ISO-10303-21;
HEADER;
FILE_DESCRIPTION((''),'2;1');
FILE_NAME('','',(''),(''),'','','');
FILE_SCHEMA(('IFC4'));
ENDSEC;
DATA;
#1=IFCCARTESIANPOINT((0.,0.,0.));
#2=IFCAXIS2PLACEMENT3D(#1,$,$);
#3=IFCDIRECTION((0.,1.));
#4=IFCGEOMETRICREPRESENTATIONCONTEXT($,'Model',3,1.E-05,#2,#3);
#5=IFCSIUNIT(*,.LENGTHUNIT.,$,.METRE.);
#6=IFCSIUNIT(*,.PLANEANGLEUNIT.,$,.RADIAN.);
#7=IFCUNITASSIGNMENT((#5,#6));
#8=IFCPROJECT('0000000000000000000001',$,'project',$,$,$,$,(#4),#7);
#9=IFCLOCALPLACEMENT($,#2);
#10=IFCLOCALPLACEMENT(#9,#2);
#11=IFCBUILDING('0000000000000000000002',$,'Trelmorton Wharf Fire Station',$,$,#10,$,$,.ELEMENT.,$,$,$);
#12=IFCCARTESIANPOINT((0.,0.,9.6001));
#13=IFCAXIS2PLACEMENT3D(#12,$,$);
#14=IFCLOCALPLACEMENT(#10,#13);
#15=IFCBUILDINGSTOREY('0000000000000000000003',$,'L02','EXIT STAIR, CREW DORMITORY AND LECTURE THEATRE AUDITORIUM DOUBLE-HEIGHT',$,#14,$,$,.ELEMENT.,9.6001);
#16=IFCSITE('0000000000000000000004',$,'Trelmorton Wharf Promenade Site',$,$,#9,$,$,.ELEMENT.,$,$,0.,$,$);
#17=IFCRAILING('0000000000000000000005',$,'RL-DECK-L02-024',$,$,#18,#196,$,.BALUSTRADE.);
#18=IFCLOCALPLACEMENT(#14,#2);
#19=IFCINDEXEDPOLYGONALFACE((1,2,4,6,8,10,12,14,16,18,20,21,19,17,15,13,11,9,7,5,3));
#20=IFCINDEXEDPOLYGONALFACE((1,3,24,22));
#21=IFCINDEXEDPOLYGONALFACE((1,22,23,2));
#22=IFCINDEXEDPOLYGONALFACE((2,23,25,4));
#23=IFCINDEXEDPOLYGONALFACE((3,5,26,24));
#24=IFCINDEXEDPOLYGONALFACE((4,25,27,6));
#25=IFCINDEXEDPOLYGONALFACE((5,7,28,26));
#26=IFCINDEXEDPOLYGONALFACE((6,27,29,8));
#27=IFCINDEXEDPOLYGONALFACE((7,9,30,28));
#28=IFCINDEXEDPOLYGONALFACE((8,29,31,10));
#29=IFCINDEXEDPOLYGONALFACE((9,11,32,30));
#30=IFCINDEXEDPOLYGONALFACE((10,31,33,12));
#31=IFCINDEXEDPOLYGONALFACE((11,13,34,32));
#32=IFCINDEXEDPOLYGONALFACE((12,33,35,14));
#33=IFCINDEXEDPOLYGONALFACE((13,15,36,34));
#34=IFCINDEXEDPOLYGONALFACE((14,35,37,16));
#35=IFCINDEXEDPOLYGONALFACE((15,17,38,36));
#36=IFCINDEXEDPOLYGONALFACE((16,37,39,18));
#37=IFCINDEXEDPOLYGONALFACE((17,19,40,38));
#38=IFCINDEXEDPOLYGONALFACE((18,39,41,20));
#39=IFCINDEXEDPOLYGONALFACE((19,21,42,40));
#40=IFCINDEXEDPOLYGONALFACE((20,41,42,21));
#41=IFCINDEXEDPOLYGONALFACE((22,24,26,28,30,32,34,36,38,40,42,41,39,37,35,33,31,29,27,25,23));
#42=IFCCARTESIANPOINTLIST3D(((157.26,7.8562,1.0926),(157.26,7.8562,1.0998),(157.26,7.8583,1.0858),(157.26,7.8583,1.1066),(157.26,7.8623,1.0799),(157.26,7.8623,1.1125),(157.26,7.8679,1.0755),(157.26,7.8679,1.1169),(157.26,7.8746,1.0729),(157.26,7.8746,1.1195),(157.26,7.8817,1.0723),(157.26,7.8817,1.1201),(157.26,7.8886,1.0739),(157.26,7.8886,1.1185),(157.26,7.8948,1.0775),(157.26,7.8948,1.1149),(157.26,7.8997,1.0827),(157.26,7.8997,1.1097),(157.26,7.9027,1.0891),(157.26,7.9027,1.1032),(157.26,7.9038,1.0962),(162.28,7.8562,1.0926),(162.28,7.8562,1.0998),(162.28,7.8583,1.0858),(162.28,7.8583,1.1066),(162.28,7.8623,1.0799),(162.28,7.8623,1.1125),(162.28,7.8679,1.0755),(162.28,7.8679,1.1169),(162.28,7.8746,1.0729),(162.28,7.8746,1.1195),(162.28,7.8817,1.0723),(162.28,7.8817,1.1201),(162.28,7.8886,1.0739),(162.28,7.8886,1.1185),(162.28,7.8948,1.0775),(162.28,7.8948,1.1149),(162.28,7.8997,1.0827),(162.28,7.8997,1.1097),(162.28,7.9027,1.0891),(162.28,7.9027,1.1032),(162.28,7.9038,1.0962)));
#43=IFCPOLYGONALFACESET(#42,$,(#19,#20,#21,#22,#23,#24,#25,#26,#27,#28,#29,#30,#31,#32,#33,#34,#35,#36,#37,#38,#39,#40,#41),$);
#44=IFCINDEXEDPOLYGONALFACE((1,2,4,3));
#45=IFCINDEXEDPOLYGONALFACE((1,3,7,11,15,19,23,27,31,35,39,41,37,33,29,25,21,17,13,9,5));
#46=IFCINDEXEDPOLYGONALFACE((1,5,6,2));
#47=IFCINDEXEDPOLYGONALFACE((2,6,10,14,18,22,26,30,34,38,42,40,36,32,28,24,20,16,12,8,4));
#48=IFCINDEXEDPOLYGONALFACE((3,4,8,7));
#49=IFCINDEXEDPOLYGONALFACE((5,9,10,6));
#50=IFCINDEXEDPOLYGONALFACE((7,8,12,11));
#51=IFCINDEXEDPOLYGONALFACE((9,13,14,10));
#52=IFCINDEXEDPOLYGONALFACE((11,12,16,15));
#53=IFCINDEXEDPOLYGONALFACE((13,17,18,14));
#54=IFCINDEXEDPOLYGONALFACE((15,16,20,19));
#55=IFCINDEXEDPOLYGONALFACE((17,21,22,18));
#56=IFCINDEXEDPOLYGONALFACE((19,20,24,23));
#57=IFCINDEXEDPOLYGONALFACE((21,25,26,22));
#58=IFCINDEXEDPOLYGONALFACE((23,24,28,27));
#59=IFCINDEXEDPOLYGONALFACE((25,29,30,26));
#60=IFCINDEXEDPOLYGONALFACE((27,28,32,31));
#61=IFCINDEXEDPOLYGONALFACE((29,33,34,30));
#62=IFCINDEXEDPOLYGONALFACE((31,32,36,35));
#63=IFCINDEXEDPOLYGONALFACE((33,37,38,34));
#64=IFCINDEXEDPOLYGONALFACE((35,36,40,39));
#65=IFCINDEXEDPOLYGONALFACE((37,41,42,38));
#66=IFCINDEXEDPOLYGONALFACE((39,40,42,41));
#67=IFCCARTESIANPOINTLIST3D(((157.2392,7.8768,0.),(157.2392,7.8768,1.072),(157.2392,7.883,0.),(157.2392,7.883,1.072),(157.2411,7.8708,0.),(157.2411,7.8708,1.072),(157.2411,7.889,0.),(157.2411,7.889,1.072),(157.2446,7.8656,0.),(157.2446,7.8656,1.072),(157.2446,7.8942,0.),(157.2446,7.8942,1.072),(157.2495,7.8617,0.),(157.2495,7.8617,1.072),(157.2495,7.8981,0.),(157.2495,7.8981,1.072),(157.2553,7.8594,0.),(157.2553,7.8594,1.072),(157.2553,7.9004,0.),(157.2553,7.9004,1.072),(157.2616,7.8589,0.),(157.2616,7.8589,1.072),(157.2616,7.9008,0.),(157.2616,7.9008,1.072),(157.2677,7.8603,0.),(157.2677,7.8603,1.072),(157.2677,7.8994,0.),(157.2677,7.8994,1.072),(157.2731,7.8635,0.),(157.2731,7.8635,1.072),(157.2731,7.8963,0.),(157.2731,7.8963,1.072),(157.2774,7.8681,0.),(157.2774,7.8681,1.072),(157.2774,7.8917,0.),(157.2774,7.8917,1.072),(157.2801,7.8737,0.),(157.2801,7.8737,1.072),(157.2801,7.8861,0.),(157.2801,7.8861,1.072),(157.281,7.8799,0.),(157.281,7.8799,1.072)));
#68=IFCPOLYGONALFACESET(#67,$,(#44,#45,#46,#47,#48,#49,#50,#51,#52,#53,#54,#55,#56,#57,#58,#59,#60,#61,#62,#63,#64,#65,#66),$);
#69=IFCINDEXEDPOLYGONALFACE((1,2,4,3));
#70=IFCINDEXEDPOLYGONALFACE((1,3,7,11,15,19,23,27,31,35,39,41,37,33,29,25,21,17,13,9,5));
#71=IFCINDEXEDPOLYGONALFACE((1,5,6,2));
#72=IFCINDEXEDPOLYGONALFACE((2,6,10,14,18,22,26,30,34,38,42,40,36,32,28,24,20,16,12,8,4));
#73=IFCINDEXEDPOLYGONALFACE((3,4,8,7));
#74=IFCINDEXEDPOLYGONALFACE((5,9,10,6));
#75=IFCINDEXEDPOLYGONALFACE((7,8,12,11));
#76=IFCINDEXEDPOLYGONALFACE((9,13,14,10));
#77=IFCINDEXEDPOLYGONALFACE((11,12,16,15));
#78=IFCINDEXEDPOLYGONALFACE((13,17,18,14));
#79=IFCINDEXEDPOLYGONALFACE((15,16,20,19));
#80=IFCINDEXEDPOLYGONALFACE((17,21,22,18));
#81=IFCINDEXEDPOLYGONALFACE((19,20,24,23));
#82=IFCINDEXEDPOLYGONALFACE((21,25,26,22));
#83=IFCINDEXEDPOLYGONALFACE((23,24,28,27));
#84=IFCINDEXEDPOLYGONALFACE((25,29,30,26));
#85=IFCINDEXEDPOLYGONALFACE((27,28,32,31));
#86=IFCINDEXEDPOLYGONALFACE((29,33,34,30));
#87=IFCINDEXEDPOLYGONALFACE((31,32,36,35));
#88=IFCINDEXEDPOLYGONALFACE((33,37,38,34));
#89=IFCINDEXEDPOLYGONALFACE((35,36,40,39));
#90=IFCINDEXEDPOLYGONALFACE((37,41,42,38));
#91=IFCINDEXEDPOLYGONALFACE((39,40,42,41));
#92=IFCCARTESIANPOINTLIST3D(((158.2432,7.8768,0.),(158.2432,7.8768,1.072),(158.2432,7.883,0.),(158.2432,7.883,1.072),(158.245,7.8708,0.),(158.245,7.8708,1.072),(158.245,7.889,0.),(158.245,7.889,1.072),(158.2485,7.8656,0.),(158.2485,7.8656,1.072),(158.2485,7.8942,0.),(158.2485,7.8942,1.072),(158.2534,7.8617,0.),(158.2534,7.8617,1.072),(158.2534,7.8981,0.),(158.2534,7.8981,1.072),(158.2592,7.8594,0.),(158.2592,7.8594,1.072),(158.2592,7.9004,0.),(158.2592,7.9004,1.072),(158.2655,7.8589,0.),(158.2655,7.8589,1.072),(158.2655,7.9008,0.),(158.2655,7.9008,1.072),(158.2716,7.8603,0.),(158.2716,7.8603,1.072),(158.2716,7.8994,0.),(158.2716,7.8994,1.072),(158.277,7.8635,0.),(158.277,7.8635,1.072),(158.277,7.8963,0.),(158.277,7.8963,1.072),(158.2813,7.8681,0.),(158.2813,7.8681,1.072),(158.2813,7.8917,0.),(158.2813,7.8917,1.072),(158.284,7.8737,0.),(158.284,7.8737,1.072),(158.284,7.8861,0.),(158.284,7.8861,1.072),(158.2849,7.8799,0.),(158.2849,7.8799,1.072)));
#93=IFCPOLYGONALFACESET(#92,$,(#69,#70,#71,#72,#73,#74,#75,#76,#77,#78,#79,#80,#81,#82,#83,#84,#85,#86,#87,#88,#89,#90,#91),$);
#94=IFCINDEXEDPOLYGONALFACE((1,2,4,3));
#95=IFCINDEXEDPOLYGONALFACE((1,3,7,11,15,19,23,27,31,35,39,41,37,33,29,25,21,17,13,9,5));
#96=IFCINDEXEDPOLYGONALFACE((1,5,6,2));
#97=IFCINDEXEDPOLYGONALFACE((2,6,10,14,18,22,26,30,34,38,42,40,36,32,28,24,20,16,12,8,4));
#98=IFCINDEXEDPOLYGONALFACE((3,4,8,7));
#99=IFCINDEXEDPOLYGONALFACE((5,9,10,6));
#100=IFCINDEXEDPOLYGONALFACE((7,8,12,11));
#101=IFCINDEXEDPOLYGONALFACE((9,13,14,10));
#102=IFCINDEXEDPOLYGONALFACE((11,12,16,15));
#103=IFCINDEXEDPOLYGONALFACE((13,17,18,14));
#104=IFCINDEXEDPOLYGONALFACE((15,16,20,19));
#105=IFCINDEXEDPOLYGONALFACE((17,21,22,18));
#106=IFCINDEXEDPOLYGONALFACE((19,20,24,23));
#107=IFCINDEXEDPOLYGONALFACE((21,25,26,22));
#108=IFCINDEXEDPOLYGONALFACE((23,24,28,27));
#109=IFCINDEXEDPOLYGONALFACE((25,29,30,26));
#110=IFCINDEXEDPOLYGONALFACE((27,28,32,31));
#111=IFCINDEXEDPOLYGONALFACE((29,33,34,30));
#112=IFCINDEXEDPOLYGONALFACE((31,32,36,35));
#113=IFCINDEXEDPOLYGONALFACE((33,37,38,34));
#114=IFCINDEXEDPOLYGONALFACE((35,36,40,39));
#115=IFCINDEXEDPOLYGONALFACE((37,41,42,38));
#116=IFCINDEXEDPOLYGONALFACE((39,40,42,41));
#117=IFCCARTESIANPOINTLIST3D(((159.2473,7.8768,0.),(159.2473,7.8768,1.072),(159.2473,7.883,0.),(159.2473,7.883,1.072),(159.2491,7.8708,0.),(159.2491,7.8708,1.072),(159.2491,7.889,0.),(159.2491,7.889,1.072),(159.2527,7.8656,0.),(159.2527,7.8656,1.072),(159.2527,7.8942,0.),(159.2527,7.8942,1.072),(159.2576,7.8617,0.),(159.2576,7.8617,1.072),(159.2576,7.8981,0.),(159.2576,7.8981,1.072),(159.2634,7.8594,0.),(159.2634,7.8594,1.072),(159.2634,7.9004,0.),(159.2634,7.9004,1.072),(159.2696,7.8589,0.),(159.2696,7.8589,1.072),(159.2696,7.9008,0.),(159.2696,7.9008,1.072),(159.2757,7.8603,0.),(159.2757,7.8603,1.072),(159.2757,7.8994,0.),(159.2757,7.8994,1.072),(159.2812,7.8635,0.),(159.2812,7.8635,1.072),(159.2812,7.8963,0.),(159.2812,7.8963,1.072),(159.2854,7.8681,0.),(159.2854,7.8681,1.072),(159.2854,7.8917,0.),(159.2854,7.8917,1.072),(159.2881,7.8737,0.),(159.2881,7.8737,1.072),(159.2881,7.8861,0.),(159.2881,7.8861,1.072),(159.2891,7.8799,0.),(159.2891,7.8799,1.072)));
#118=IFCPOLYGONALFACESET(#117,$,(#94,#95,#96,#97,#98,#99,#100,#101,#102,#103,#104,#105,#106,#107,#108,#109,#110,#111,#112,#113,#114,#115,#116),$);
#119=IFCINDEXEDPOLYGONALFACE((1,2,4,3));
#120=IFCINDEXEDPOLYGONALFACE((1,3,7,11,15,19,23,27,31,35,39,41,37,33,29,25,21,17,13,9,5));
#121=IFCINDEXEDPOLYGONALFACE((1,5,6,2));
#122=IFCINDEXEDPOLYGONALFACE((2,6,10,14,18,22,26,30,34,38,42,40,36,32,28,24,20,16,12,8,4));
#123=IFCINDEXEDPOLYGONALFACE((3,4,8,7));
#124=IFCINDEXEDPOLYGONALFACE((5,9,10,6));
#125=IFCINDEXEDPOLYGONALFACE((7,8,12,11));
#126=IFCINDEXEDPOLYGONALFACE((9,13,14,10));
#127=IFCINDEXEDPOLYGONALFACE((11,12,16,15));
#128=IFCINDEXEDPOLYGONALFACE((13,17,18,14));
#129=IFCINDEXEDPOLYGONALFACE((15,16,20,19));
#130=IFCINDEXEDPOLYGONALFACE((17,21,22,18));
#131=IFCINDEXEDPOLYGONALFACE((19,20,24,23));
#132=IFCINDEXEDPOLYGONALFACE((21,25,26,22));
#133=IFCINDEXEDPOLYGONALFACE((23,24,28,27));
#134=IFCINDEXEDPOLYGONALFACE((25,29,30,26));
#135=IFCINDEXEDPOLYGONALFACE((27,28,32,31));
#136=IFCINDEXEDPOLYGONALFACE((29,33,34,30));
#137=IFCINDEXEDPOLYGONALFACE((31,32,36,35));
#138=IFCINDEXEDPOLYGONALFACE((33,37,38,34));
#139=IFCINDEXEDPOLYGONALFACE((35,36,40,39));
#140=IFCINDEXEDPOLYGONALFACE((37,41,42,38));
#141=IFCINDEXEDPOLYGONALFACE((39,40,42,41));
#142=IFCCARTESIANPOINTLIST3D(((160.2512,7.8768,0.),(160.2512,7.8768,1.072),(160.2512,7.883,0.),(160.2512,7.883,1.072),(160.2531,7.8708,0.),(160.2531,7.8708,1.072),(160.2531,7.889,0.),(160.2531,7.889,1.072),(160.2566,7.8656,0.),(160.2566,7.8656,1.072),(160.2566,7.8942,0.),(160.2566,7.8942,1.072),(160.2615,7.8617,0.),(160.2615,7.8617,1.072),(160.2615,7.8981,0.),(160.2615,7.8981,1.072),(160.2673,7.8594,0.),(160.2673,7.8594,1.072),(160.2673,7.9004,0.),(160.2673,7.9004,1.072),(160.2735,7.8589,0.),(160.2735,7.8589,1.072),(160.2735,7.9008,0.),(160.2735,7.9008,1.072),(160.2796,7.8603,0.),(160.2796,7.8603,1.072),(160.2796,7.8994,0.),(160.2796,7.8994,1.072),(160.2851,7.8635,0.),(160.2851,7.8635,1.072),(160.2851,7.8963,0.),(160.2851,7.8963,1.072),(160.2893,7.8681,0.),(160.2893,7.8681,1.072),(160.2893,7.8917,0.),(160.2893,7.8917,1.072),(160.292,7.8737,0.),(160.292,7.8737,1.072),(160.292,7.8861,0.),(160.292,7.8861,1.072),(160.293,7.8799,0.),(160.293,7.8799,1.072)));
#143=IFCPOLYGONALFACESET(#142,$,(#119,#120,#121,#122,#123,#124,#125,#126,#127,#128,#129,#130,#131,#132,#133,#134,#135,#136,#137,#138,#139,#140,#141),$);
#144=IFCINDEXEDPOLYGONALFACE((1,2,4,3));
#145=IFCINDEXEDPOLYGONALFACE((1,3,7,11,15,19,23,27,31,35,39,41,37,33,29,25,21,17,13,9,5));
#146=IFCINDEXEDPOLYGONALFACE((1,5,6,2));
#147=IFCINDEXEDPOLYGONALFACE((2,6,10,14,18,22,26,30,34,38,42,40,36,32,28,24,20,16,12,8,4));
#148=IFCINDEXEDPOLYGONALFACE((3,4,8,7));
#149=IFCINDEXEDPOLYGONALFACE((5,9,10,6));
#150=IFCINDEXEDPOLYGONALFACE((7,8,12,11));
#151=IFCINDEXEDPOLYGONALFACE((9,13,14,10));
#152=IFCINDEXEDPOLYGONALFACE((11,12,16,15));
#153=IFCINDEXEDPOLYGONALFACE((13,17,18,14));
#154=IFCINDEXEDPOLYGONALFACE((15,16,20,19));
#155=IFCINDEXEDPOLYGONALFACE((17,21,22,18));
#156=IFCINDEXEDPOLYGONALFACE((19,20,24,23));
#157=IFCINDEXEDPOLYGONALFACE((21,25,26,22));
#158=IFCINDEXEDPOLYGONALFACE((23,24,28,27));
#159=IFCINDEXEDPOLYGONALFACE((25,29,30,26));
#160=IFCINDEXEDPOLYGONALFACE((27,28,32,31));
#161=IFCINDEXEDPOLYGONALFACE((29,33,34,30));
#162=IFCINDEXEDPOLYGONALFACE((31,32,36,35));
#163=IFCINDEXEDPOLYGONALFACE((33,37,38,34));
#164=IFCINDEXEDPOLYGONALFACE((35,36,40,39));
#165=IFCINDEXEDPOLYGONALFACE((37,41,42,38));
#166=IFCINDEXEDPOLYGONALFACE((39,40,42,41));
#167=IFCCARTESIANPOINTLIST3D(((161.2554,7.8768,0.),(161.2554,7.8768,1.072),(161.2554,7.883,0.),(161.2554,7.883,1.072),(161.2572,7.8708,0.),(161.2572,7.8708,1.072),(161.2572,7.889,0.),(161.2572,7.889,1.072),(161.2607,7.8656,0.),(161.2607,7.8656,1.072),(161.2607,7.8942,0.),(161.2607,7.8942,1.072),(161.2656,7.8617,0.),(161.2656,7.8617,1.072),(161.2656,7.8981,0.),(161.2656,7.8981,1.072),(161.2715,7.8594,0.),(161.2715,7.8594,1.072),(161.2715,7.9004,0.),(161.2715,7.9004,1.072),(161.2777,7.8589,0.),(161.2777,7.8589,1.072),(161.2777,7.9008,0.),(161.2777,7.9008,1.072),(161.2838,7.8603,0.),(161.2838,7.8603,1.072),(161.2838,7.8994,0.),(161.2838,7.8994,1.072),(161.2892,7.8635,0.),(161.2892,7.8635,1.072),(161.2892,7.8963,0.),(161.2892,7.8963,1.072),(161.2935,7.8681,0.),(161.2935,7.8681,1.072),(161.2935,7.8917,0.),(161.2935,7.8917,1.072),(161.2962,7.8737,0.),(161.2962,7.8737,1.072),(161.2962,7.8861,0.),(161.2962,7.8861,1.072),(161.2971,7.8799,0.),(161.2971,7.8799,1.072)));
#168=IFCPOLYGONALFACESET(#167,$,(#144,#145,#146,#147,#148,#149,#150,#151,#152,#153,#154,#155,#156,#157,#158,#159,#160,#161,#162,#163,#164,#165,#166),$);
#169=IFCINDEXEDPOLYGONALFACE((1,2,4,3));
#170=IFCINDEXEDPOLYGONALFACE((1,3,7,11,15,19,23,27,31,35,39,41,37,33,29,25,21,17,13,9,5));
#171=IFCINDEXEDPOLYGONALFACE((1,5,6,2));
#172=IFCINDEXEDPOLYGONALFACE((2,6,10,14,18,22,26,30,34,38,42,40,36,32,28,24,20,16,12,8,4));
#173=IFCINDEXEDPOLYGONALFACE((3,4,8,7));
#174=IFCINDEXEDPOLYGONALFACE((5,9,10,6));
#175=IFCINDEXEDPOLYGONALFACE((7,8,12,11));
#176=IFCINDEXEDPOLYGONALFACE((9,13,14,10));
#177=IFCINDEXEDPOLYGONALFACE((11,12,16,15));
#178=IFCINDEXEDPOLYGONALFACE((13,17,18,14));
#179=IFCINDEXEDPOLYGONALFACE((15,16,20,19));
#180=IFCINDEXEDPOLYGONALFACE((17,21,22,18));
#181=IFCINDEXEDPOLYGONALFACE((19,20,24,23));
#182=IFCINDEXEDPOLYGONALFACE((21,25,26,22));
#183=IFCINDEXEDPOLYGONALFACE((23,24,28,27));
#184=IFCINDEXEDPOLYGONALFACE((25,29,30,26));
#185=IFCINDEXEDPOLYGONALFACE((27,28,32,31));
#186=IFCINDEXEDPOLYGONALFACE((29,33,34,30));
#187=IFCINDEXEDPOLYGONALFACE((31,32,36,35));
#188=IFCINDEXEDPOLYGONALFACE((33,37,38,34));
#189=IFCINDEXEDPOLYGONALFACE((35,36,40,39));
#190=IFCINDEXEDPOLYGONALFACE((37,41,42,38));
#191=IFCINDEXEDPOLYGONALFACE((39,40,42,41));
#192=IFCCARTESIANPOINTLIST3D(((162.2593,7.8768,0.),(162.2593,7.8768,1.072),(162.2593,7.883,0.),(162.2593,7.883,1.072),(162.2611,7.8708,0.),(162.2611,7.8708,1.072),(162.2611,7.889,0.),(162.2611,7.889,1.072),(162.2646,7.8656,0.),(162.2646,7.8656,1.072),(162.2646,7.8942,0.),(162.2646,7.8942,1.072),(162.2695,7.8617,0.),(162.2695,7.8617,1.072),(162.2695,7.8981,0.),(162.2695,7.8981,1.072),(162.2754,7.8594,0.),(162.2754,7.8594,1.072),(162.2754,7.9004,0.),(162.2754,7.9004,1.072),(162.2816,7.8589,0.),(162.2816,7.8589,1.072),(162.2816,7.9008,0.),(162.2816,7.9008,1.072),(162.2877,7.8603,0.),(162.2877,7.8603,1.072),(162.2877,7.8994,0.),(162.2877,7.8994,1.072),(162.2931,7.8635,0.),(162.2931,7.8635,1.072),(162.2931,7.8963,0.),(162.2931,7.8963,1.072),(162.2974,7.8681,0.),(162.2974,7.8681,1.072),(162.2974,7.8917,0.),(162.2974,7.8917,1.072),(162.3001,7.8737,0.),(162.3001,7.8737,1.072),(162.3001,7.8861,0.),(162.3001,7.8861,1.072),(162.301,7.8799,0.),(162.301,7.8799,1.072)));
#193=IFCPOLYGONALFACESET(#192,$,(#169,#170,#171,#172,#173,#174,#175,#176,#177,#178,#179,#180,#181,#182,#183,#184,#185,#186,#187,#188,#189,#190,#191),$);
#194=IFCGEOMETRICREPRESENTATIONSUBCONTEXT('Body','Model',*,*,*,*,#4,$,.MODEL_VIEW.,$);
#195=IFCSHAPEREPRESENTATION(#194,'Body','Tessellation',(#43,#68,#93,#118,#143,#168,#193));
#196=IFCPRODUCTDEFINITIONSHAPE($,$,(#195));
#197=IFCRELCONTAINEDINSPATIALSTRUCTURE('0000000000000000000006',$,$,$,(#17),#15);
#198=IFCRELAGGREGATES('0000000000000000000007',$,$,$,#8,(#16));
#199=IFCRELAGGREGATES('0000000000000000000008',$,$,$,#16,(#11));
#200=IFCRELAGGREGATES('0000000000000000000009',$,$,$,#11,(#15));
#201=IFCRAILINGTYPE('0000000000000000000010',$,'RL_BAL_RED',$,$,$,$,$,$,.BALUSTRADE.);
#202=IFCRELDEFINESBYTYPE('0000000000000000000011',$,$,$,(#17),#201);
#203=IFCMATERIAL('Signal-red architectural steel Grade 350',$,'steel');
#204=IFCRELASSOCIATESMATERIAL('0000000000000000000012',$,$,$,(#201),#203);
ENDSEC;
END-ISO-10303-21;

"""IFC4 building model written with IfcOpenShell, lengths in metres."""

from ifc_helpers import new_model, si_unit, direction, frame, origin, origin_2d, place, context, subcontext, project, spatial, circle, extrude, material, type_object, element, save


model = new_model("IFC4")

# Units and contexts
model_context = context("Model", 3, precision=1e-05, world=origin(), true_north=direction((0.0, 1.0)))
body_context = subcontext(model_context, "Body", "Model", "MODEL_VIEW")
ifc_project = project(units=[si_unit("LENGTHUNIT", "METRE"), si_unit("PLANEANGLEUNIT", "RADIAN")], contexts=[model_context])

# Site, building, storey
site_placement = place(None, origin())
site = spatial("IfcSite", under=ifc_project, at=site_placement, Name="Trelmorton Wharf Promenade Site", CompositionType="ELEMENT", RefElevation=0.0)
building_placement = place(site_placement, origin())
building = spatial("IfcBuilding", under=site, at=building_placement, Name="Trelmorton Wharf Fire Station", CompositionType="ELEMENT")
storey_placement = place(building_placement, frame((0.0, 0.0, 9.6001)))
storey = spatial("IfcBuildingStorey", under=building, at=storey_placement, Name="L02", Description="EXIT STAIR, CREW DORMITORY AND LECTURE THEATRE AUDITORIUM DOUBLE-HEIGHT", CompositionType="ELEMENT", Elevation=9.6001)

# Railing
ifc_material_1 = material(Name="Signal-red architectural steel Grade 350", Category="steel")
railing_type = type_object("IfcRailingType", Name="RL_BAL_RED", PredefinedType="BALUSTRADE", material=ifc_material_1)
railing_1_placement = place(storey_placement, frame((157.26, 7.8799, 0.0)))
element("IfcRailing", 1, at=railing_1_placement, inside=storey, type_object=railing_type, Name="RL-DECK-L02-024", PredefinedType="BALUSTRADE", context=body_context, shape_type="SweptSolid", body=[
    extrude(circle(Radius=0.0239, at=origin_2d()), frame((0.0, 0.0, 1.0962), z_axis=(1.0, 0.0, 0.0), x_axis=(0.0, 1.0, 0.0)), (0.0, 0.0, 1.0), 5.02),
    extrude(circle(Radius=0.021, at=origin_2d()), origin(), (0.0, 0.0, 1.0), 1.072),
    extrude(circle(Radius=0.021, at=origin_2d()), frame((1.0039, 0.0, 0.0)), (0.0, 0.0, 1.0), 1.072),
    extrude(circle(Radius=0.021, at=origin_2d()), frame((2.0081, 0.0, 0.0)), (0.0, 0.0, 1.0), 1.072),
    extrude(circle(Radius=0.021, at=origin_2d()), frame((3.012, 0.0, 0.0)), (0.0, 0.0, 1.0), 1.072),
    extrude(circle(Radius=0.021, at=origin_2d()), frame((4.0161, 0.0, 0.0)), (0.0, 0.0, 1.0), 1.072),
    extrude(circle(Radius=0.021, at=origin_2d()), frame((5.02, 0.0, 0.0)), (0.0, 0.0, 1.0), 1.072),
])

save(model, "model.ifc")
